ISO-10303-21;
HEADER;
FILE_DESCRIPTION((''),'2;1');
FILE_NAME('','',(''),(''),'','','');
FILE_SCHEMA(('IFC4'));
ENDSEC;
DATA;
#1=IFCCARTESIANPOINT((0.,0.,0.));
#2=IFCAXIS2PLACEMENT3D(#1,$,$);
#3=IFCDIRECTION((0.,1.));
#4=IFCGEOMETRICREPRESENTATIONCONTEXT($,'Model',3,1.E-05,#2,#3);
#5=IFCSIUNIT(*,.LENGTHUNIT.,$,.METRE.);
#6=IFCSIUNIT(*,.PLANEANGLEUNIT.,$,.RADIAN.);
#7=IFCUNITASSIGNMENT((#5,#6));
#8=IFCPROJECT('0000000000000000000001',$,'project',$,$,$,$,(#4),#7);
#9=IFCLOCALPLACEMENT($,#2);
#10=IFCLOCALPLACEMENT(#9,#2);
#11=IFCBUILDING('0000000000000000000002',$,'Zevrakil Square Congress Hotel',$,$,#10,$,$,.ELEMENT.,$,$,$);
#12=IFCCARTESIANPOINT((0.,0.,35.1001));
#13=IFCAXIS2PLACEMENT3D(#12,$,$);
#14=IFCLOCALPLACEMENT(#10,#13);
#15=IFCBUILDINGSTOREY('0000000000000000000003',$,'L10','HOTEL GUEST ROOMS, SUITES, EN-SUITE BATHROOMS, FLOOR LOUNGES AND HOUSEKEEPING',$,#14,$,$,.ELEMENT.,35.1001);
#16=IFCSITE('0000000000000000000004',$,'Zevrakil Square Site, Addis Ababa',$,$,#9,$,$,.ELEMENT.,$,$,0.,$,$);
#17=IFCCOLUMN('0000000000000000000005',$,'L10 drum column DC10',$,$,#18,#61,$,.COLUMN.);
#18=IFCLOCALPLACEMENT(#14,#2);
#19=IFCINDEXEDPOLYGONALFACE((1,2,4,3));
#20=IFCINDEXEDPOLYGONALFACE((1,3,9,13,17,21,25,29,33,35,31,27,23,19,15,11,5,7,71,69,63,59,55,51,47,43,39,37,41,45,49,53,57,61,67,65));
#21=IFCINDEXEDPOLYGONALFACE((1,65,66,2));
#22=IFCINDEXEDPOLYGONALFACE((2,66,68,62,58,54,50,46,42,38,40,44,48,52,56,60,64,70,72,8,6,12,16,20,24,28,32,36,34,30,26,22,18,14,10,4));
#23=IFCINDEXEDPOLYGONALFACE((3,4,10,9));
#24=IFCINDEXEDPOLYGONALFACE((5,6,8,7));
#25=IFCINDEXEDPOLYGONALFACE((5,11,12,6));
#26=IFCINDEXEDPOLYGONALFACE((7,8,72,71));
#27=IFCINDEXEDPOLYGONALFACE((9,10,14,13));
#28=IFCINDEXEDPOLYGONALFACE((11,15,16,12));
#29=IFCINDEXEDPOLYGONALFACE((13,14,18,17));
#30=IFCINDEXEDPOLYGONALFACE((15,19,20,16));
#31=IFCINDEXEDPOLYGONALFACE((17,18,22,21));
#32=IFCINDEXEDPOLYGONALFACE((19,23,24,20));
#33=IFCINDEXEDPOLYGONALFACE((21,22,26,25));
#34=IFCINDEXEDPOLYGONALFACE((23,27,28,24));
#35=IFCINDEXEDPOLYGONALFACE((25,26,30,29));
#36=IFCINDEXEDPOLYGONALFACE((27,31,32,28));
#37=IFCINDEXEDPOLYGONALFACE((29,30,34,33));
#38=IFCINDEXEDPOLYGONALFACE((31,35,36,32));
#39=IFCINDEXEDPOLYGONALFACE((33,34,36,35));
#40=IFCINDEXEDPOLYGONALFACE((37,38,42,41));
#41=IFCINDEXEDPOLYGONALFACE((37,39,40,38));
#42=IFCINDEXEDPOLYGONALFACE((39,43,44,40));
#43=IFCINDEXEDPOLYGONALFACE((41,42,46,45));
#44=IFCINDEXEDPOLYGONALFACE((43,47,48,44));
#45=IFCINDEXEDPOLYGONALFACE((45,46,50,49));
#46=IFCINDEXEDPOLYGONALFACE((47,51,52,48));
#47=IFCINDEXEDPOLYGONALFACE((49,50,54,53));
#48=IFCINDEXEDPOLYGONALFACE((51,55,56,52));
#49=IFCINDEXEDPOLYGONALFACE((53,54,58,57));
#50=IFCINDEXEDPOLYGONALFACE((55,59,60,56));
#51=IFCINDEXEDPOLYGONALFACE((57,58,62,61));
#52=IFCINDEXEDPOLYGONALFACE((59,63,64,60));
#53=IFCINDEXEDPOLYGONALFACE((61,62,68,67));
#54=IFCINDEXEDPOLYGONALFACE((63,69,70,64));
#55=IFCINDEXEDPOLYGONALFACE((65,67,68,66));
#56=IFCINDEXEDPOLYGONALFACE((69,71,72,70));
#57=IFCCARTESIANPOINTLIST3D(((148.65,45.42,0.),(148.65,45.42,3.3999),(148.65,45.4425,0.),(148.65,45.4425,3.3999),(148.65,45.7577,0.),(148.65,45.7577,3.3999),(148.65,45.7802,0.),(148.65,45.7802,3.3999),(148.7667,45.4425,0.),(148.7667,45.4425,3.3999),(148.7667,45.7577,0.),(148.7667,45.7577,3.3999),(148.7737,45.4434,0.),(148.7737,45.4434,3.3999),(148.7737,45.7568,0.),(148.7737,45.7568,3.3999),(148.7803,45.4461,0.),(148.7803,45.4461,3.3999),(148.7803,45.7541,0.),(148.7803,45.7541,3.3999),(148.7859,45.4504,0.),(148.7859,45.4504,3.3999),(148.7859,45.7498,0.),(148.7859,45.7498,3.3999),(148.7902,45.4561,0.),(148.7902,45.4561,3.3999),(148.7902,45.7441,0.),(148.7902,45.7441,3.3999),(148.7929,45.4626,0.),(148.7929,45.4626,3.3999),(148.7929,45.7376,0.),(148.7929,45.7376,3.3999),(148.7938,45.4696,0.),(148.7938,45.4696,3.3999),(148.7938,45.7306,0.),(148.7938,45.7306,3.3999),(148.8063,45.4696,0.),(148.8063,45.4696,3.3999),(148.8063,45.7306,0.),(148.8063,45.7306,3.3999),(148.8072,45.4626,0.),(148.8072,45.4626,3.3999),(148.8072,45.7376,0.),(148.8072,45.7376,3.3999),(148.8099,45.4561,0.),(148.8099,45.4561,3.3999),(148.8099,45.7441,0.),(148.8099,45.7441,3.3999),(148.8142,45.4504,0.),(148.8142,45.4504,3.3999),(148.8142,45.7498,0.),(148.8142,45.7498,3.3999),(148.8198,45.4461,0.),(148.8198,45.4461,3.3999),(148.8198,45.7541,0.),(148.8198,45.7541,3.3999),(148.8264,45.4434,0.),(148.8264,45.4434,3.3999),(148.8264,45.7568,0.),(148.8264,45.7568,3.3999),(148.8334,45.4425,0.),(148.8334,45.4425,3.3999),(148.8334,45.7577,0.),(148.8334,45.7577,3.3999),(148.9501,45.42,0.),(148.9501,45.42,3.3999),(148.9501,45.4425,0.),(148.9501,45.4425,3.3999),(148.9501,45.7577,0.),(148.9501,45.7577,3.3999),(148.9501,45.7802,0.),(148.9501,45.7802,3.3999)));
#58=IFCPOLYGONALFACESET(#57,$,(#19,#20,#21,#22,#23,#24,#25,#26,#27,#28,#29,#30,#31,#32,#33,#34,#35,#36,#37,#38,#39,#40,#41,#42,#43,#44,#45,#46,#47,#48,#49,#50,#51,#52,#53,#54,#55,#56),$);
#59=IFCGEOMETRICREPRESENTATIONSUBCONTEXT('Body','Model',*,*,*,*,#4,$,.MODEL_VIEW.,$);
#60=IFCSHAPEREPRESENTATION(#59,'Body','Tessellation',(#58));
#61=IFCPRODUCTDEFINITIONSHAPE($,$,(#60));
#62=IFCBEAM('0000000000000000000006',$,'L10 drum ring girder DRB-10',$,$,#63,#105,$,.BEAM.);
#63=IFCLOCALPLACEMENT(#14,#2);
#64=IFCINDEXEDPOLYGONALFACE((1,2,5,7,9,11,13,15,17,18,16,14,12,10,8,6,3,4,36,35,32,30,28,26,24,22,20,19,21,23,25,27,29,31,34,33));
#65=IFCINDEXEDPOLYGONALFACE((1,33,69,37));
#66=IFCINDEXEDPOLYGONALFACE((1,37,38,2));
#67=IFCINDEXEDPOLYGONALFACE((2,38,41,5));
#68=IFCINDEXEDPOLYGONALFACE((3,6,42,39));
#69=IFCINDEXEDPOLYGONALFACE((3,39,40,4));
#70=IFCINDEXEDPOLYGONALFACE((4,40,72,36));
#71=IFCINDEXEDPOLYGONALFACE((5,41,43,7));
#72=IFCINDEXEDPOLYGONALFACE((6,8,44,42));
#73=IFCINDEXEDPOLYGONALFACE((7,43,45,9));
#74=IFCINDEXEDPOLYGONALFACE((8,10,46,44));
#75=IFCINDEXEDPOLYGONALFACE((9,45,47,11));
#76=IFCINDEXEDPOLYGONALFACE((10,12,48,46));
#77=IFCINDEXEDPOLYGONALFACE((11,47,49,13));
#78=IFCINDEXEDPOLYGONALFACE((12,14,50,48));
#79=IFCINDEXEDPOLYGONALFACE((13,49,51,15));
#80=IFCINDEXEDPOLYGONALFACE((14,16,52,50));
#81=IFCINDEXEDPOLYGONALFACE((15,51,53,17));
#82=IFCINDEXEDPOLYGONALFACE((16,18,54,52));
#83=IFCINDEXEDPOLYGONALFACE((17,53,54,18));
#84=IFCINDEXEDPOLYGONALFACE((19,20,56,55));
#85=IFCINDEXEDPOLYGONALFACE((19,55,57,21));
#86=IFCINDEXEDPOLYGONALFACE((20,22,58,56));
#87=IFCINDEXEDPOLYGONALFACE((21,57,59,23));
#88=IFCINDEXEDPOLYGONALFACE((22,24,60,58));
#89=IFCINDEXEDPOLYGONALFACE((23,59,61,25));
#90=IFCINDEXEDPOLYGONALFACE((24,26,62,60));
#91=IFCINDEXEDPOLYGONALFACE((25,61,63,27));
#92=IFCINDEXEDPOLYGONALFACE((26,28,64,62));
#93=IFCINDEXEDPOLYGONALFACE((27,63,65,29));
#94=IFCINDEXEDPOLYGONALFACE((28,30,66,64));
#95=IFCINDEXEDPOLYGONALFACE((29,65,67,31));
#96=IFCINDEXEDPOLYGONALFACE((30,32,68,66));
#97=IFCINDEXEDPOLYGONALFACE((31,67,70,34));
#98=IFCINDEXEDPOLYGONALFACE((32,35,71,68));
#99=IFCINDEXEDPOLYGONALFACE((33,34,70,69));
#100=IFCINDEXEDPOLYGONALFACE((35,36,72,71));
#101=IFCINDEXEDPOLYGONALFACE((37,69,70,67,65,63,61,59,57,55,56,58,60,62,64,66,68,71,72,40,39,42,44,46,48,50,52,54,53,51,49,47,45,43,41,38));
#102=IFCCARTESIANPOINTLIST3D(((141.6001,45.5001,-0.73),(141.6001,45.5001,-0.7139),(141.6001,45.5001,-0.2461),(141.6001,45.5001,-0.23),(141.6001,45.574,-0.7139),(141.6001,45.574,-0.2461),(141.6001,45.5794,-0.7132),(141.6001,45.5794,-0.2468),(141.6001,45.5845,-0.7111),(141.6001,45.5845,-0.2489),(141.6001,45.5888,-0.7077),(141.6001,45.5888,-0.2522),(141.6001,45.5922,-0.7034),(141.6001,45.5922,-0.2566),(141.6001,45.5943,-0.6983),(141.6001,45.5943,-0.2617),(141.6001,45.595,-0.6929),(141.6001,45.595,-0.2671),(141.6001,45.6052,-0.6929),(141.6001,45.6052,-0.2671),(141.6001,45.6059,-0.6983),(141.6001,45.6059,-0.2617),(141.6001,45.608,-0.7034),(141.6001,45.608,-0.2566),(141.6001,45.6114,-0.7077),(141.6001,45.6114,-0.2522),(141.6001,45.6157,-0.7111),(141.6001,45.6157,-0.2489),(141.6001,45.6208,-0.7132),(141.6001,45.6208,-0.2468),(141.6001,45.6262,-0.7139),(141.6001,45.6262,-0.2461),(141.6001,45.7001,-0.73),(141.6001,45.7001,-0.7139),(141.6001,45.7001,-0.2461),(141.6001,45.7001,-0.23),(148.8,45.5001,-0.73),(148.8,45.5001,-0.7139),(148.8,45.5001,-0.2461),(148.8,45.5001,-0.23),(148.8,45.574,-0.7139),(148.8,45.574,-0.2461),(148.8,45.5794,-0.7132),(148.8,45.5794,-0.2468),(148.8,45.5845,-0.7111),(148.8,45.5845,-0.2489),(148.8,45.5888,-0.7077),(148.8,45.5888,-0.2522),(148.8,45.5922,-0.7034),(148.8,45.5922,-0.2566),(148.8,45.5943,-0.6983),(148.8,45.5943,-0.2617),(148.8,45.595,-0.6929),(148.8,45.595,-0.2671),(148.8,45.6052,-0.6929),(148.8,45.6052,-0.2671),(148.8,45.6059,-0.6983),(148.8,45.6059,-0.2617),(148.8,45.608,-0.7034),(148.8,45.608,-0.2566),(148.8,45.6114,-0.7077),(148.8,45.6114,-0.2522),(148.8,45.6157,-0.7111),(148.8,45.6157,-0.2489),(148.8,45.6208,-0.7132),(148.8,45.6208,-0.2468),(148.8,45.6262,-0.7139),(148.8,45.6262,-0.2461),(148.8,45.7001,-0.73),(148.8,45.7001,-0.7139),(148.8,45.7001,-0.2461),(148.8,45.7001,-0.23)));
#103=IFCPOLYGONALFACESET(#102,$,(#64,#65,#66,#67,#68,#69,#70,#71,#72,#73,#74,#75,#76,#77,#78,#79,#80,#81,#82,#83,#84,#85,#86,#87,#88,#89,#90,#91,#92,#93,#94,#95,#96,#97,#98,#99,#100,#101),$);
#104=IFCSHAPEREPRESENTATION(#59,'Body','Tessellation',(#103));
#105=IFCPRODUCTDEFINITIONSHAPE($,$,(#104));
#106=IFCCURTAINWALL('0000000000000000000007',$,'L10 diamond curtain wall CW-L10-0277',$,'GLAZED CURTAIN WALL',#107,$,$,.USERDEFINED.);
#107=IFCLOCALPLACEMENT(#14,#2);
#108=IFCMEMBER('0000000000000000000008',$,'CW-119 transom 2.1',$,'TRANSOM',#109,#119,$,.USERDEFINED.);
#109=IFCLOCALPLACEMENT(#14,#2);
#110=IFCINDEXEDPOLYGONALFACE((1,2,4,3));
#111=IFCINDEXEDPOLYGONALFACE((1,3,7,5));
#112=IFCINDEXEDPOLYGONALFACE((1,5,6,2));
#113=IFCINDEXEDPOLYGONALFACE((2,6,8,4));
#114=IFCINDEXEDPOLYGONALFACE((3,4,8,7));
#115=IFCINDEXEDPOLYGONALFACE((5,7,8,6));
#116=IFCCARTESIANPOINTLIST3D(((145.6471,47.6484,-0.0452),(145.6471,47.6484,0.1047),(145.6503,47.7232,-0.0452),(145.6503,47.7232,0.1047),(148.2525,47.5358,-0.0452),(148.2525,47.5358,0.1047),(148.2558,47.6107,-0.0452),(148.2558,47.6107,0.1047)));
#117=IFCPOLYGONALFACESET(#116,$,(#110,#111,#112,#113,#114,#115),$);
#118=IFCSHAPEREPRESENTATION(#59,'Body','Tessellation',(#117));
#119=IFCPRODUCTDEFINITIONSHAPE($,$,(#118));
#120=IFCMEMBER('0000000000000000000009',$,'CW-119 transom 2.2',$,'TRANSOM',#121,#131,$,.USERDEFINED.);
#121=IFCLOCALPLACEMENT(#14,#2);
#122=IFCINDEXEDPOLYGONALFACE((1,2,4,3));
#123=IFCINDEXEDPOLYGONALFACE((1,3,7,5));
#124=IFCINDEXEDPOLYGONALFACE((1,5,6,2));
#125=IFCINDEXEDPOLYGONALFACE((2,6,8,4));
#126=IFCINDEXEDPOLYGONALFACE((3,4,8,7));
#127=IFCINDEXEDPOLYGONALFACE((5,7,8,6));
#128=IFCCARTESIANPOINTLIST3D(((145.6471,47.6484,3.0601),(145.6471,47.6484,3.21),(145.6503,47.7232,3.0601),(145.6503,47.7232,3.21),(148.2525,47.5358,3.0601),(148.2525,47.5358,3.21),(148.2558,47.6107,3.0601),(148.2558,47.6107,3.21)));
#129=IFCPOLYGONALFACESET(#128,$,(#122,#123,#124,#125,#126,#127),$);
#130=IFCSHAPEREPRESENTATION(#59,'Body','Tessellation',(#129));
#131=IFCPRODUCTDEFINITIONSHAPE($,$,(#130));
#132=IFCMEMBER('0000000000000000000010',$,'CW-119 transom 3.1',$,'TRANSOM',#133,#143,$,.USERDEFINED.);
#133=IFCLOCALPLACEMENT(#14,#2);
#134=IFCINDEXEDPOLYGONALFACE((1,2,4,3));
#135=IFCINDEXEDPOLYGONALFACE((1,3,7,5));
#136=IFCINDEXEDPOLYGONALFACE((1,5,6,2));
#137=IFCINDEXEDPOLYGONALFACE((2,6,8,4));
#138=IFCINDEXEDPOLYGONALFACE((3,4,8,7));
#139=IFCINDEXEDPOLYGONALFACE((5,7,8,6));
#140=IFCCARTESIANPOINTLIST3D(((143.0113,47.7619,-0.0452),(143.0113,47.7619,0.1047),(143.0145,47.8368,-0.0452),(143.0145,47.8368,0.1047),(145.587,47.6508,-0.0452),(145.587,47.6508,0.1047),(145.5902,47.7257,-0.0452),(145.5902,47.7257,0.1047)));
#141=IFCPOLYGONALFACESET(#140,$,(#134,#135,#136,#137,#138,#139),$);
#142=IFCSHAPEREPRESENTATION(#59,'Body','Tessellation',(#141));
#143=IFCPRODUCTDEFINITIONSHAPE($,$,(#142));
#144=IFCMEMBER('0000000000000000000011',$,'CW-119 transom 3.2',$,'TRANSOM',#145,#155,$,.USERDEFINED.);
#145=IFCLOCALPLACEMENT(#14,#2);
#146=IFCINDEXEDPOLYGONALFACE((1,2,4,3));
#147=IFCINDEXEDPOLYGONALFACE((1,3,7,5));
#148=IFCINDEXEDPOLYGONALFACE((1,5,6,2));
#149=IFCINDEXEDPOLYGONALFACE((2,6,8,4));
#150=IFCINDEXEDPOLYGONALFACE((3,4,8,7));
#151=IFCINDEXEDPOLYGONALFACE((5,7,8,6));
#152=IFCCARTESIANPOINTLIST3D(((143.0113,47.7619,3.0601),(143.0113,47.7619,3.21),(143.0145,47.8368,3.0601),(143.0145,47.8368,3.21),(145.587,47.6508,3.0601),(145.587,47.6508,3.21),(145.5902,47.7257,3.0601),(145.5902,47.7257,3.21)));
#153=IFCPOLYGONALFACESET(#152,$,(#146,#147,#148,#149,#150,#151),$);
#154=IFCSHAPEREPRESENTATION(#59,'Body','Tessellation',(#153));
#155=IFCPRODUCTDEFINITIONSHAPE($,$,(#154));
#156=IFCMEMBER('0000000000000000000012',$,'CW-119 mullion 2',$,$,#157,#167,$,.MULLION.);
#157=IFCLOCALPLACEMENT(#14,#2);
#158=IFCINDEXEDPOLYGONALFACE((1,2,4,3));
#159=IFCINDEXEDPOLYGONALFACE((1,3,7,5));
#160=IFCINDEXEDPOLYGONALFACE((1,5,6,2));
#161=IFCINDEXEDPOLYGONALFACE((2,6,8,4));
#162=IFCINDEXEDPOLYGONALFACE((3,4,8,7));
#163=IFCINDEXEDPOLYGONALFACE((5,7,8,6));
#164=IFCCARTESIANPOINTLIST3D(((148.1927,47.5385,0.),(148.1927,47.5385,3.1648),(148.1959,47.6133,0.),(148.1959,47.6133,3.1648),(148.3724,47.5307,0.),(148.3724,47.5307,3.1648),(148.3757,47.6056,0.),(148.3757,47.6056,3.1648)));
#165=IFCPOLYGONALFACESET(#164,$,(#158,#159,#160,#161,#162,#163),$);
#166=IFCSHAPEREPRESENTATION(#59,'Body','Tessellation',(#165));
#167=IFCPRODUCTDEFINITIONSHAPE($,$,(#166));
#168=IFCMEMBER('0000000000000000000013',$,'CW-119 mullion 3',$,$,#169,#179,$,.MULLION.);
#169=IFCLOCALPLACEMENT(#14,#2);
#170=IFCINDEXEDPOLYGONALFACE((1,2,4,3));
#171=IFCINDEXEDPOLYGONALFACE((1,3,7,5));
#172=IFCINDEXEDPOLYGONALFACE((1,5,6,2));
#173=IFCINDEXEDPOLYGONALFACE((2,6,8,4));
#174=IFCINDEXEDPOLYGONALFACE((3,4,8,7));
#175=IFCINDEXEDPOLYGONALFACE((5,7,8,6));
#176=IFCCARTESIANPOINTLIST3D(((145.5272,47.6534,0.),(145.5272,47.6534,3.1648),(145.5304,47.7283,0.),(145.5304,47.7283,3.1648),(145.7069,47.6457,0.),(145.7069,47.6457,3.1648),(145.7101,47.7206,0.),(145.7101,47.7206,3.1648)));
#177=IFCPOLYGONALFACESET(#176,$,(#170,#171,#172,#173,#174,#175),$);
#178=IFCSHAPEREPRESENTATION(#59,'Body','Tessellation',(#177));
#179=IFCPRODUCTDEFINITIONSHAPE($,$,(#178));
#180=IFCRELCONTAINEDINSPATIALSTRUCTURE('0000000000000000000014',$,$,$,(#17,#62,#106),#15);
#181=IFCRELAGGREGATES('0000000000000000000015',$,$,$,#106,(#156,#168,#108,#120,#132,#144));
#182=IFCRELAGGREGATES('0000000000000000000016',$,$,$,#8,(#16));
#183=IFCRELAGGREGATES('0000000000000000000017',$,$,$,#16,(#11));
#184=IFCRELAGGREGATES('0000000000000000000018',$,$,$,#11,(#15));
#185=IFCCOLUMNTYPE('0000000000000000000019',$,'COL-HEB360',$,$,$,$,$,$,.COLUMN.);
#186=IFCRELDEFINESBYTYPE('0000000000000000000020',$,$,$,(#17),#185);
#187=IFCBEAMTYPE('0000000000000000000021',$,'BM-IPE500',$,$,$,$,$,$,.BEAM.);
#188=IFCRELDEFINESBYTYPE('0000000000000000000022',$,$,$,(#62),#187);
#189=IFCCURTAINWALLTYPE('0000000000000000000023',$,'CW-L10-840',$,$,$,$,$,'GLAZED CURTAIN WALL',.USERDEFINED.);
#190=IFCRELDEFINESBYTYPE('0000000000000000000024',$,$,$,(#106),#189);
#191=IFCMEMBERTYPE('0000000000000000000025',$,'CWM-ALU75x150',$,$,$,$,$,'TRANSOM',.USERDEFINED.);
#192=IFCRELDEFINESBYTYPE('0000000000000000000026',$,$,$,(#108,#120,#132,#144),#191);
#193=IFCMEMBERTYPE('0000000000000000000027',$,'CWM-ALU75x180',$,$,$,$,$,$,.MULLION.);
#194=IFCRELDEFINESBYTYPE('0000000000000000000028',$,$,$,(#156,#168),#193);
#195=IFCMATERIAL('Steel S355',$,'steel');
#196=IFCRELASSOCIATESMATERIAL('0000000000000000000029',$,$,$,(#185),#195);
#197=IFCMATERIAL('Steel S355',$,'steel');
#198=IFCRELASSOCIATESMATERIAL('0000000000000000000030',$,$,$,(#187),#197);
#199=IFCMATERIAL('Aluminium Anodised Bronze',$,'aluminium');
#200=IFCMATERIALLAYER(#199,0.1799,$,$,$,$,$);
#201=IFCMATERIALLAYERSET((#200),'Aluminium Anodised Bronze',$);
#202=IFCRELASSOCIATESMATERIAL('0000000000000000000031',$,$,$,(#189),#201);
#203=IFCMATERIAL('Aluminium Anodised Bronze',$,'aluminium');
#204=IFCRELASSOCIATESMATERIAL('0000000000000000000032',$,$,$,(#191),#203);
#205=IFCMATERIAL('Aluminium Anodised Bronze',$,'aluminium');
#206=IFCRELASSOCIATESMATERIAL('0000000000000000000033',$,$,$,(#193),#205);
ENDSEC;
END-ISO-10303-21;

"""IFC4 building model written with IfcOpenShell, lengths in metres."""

from ifc_helpers import new_model, si_unit, direction, frame, origin, origin_2d, place, context, subcontext, project, spatial, rectangle, i_section, extrude, material, layer, layer_set, material_profile, profile_set, type_object, element, aggregate, save


model = new_model("IFC4")

# Units and contexts
model_context = context("Model", 3, precision=1e-05, world=origin(), true_north=direction((0.0, 1.0)))
body_context = subcontext(model_context, "Body", "Model", "MODEL_VIEW")
ifc_project = project(units=[si_unit("LENGTHUNIT", "METRE"), si_unit("PLANEANGLEUNIT", "RADIAN")], contexts=[model_context])

# Site, building, storey
site_placement = place(None, origin())
site = spatial("IfcSite", under=ifc_project, at=site_placement, Name="Zevrakil Square Site, Addis Ababa", CompositionType="ELEMENT", RefElevation=0.0)
building_placement = place(site_placement, origin())
building = spatial("IfcBuilding", under=site, at=building_placement, Name="Zevrakil Square Congress Hotel", CompositionType="ELEMENT")
storey_placement = place(building_placement, frame((0.0, 0.0, 35.1001)))
storey = spatial("IfcBuildingStorey", under=building, at=storey_placement, Name="L10", Description="HOTEL GUEST ROOMS, SUITES, EN-SUITE BATHROOMS, FLOOR LOUNGES AND HOUSEKEEPING", CompositionType="ELEMENT", Elevation=35.1001)

# Column
ifc_material_1 = material(Name="Steel S355", Category="steel")
ifc_material_profile_1 = material_profile(ifc_material_1, i_section(OverallWidth=0.3, OverallDepth=0.3601, WebThickness=0.0125, FlangeThickness=0.0225, FilletRadius=0.0271, at=origin_2d()), Name="HEB 360")
ifc_profile_set_1 = profile_set([ifc_material_profile_1], Name="Steel S355")
column_type = type_object("IfcColumnType", Name="COL-HEB360", PredefinedType="COLUMN", material=ifc_profile_set_1)
column_placement = place(storey_placement, frame((148.8, 45.6001, 0.0), z_axis=(0.0, 0.0, 1.0), x_axis=(1.0, 0.0, 0.0)))
element("IfcColumn", 1, at=column_placement, inside=storey, type_object=column_type, Name="L10 drum column DC10", PredefinedType="COLUMN", context=body_context, shape_type="SweptSolid", body=[
    extrude(i_section(OverallWidth=0.3, OverallDepth=0.3601, WebThickness=0.0125, FlangeThickness=0.0225, FilletRadius=0.0271, at=origin_2d()), origin(), (0.0, 0.0, 1.0), 3.3999),
])

# Beam
ifc_material_2 = material(Name="Steel S355", Category="steel")
ifc_material_profile_2 = material_profile(ifc_material_2, i_section(OverallWidth=0.2, OverallDepth=0.5, WebThickness=0.0103, FlangeThickness=0.0161, FilletRadius=0.021, at=origin_2d()), Name="IPE 500")
ifc_profile_set_2 = profile_set([ifc_material_profile_2], Name="Steel S355")
beam_type_1 = type_object("IfcBeamType", Name="BM-IPE500", PredefinedType="BEAM", material=ifc_profile_set_2)
beam_1_placement = place(storey_placement, frame((148.8, 45.6001, -0.48), z_axis=(-1.0, 0.0, 0.0), x_axis=(0.0, -1.0, 0.0)))
element("IfcBeam", 2, at=beam_1_placement, inside=storey, type_object=beam_type_1, Name="L10 drum ring girder DRB-10", PredefinedType="BEAM", context=body_context, shape_type="SweptSolid", body=[
    extrude(i_section(OverallWidth=0.2, OverallDepth=0.5, WebThickness=0.0103, FlangeThickness=0.0161, FilletRadius=0.021, at=origin_2d()), origin(), (0.0, 0.0, 1.0), 7.2),
])

# Curtain wall, members
ifc_material_3 = material(Name="Aluminium Anodised Bronze", Category="aluminium")
ifc_layer_1 = layer(ifc_material_3, 0.1799)
ifc_layer_set_1 = layer_set([ifc_layer_1], Name="Aluminium Anodised Bronze")
curtain_wall_type = type_object("IfcCurtainWallType", Name="CW-L10-840", ElementType="GLAZED CURTAIN WALL", PredefinedType="USERDEFINED", material=ifc_layer_set_1)
curtain_wall_placement = place(storey_placement, origin())
curtain_wall = element("IfcCurtainWall", 3, at=curtain_wall_placement, inside=storey, type_object=curtain_wall_type, Name="L10 diamond curtain wall CW-L10-0277", ObjectType="GLAZED CURTAIN WALL", PredefinedType="USERDEFINED")
ifc_material_4 = material(Name="Aluminium Anodised Bronze", Category="aluminium")
ifc_material_profile_3 = material_profile(ifc_material_4, rectangle(XDim=0.075, YDim=0.1499, at=origin_2d()), Name="ALU 75x150")
ifc_profile_set_3 = profile_set([ifc_material_profile_3], Name="Aluminium Anodised Bronze")
member_type_1 = type_object("IfcMemberType", Name="CWM-ALU75x150", ElementType="TRANSOM", PredefinedType="USERDEFINED", material=ifc_profile_set_3)
member_1_placement = place(storey_placement, frame((148.2542, 47.5732, 0.0298), z_axis=(-0.999068, 0.043157, 0.0), x_axis=(-0.043157, -0.999068, 0.0)))
member_1 = element("IfcMember", 4, at=member_1_placement, type_object=member_type_1, Name="CW-119 transom 2.1", ObjectType="TRANSOM", PredefinedType="USERDEFINED", context=body_context, shape_type="SweptSolid", body=[
    extrude(rectangle(XDim=0.075, YDim=0.1499, at=origin_2d()), origin(), (0.0, 0.0, 1.0), 2.6079),
])
member_2_placement = place(storey_placement, frame((148.2542, 47.5732, 3.135), z_axis=(-0.999068, 0.043157, 0.0), x_axis=(-0.043157, -0.999068, 0.0)))
member_2 = element("IfcMember", 5, at=member_2_placement, type_object=member_type_1, Name="CW-119 transom 2.2", ObjectType="TRANSOM", PredefinedType="USERDEFINED", context=body_context, shape_type="SweptSolid", body=[
    extrude(rectangle(XDim=0.075, YDim=0.1499, at=origin_2d()), origin(), (0.0, 0.0, 1.0), 2.6079),
])
member_3_placement = place(storey_placement, frame((145.5886, 47.6882, 0.0298), z_axis=(-0.999071, 0.043088, 0.0), x_axis=(-0.043088, -0.999071, 0.0)))
member_3 = element("IfcMember", 6, at=member_3_placement, type_object=member_type_1, Name="CW-119 transom 3.1", ObjectType="TRANSOM", PredefinedType="USERDEFINED", context=body_context, shape_type="SweptSolid", body=[
    extrude(rectangle(XDim=0.075, YDim=0.1499, at=origin_2d()), origin(), (0.0, 0.0, 1.0), 2.5781),
])
member_4_placement = place(storey_placement, frame((145.5886, 47.6882, 3.135), z_axis=(-0.999071, 0.043088, 0.0), x_axis=(-0.043088, -0.999071, 0.0)))
member_4 = element("IfcMember", 7, at=member_4_placement, type_object=member_type_1, Name="CW-119 transom 3.2", ObjectType="TRANSOM", PredefinedType="USERDEFINED", context=body_context, shape_type="SweptSolid", body=[
    extrude(rectangle(XDim=0.075, YDim=0.1499, at=origin_2d()), origin(), (0.0, 0.0, 1.0), 2.5781),
])
ifc_material_5 = material(Name="Aluminium Anodised Bronze", Category="aluminium")
ifc_material_profile_4 = material_profile(ifc_material_5, rectangle(XDim=0.075, YDim=0.1799, at=origin_2d()), Name="ALU 75x180")
ifc_profile_set_4 = profile_set([ifc_material_profile_4], Name="Aluminium Anodised Bronze")
member_type_2 = type_object("IfcMemberType", Name="CWM-ALU75x180", PredefinedType="MULLION", material=ifc_profile_set_4)
member_5_placement = place(storey_placement, frame((148.2842, 47.572, 0.0), z_axis=(0.0, 0.0, 1.0), x_axis=(-0.043102, -0.999071, 0.0)))
member_5 = element("IfcMember", 8, at=member_5_placement, type_object=member_type_2, Name="CW-119 mullion 2", PredefinedType="MULLION", context=body_context, shape_type="SweptSolid", body=[
    extrude(rectangle(XDim=0.075, YDim=0.1799, at=origin_2d()), origin(), (0.0, 0.0, 1.0), 3.1648),
])
member_6_placement = place(storey_placement, frame((145.6187, 47.687, 0.0), z_axis=(0.0, 0.0, 1.0), x_axis=(-0.043102, -0.999071, 0.0)))
member_6 = element("IfcMember", 9, at=member_6_placement, type_object=member_type_2, Name="CW-119 mullion 3", PredefinedType="MULLION", context=body_context, shape_type="SweptSolid", body=[
    extrude(rectangle(XDim=0.075, YDim=0.1799, at=origin_2d()), origin(), (0.0, 0.0, 1.0), 3.1648),
])

aggregate(curtain_wall, [member_5, member_6, member_1, member_2, member_3, member_4])

save(model, "model.ifc")
